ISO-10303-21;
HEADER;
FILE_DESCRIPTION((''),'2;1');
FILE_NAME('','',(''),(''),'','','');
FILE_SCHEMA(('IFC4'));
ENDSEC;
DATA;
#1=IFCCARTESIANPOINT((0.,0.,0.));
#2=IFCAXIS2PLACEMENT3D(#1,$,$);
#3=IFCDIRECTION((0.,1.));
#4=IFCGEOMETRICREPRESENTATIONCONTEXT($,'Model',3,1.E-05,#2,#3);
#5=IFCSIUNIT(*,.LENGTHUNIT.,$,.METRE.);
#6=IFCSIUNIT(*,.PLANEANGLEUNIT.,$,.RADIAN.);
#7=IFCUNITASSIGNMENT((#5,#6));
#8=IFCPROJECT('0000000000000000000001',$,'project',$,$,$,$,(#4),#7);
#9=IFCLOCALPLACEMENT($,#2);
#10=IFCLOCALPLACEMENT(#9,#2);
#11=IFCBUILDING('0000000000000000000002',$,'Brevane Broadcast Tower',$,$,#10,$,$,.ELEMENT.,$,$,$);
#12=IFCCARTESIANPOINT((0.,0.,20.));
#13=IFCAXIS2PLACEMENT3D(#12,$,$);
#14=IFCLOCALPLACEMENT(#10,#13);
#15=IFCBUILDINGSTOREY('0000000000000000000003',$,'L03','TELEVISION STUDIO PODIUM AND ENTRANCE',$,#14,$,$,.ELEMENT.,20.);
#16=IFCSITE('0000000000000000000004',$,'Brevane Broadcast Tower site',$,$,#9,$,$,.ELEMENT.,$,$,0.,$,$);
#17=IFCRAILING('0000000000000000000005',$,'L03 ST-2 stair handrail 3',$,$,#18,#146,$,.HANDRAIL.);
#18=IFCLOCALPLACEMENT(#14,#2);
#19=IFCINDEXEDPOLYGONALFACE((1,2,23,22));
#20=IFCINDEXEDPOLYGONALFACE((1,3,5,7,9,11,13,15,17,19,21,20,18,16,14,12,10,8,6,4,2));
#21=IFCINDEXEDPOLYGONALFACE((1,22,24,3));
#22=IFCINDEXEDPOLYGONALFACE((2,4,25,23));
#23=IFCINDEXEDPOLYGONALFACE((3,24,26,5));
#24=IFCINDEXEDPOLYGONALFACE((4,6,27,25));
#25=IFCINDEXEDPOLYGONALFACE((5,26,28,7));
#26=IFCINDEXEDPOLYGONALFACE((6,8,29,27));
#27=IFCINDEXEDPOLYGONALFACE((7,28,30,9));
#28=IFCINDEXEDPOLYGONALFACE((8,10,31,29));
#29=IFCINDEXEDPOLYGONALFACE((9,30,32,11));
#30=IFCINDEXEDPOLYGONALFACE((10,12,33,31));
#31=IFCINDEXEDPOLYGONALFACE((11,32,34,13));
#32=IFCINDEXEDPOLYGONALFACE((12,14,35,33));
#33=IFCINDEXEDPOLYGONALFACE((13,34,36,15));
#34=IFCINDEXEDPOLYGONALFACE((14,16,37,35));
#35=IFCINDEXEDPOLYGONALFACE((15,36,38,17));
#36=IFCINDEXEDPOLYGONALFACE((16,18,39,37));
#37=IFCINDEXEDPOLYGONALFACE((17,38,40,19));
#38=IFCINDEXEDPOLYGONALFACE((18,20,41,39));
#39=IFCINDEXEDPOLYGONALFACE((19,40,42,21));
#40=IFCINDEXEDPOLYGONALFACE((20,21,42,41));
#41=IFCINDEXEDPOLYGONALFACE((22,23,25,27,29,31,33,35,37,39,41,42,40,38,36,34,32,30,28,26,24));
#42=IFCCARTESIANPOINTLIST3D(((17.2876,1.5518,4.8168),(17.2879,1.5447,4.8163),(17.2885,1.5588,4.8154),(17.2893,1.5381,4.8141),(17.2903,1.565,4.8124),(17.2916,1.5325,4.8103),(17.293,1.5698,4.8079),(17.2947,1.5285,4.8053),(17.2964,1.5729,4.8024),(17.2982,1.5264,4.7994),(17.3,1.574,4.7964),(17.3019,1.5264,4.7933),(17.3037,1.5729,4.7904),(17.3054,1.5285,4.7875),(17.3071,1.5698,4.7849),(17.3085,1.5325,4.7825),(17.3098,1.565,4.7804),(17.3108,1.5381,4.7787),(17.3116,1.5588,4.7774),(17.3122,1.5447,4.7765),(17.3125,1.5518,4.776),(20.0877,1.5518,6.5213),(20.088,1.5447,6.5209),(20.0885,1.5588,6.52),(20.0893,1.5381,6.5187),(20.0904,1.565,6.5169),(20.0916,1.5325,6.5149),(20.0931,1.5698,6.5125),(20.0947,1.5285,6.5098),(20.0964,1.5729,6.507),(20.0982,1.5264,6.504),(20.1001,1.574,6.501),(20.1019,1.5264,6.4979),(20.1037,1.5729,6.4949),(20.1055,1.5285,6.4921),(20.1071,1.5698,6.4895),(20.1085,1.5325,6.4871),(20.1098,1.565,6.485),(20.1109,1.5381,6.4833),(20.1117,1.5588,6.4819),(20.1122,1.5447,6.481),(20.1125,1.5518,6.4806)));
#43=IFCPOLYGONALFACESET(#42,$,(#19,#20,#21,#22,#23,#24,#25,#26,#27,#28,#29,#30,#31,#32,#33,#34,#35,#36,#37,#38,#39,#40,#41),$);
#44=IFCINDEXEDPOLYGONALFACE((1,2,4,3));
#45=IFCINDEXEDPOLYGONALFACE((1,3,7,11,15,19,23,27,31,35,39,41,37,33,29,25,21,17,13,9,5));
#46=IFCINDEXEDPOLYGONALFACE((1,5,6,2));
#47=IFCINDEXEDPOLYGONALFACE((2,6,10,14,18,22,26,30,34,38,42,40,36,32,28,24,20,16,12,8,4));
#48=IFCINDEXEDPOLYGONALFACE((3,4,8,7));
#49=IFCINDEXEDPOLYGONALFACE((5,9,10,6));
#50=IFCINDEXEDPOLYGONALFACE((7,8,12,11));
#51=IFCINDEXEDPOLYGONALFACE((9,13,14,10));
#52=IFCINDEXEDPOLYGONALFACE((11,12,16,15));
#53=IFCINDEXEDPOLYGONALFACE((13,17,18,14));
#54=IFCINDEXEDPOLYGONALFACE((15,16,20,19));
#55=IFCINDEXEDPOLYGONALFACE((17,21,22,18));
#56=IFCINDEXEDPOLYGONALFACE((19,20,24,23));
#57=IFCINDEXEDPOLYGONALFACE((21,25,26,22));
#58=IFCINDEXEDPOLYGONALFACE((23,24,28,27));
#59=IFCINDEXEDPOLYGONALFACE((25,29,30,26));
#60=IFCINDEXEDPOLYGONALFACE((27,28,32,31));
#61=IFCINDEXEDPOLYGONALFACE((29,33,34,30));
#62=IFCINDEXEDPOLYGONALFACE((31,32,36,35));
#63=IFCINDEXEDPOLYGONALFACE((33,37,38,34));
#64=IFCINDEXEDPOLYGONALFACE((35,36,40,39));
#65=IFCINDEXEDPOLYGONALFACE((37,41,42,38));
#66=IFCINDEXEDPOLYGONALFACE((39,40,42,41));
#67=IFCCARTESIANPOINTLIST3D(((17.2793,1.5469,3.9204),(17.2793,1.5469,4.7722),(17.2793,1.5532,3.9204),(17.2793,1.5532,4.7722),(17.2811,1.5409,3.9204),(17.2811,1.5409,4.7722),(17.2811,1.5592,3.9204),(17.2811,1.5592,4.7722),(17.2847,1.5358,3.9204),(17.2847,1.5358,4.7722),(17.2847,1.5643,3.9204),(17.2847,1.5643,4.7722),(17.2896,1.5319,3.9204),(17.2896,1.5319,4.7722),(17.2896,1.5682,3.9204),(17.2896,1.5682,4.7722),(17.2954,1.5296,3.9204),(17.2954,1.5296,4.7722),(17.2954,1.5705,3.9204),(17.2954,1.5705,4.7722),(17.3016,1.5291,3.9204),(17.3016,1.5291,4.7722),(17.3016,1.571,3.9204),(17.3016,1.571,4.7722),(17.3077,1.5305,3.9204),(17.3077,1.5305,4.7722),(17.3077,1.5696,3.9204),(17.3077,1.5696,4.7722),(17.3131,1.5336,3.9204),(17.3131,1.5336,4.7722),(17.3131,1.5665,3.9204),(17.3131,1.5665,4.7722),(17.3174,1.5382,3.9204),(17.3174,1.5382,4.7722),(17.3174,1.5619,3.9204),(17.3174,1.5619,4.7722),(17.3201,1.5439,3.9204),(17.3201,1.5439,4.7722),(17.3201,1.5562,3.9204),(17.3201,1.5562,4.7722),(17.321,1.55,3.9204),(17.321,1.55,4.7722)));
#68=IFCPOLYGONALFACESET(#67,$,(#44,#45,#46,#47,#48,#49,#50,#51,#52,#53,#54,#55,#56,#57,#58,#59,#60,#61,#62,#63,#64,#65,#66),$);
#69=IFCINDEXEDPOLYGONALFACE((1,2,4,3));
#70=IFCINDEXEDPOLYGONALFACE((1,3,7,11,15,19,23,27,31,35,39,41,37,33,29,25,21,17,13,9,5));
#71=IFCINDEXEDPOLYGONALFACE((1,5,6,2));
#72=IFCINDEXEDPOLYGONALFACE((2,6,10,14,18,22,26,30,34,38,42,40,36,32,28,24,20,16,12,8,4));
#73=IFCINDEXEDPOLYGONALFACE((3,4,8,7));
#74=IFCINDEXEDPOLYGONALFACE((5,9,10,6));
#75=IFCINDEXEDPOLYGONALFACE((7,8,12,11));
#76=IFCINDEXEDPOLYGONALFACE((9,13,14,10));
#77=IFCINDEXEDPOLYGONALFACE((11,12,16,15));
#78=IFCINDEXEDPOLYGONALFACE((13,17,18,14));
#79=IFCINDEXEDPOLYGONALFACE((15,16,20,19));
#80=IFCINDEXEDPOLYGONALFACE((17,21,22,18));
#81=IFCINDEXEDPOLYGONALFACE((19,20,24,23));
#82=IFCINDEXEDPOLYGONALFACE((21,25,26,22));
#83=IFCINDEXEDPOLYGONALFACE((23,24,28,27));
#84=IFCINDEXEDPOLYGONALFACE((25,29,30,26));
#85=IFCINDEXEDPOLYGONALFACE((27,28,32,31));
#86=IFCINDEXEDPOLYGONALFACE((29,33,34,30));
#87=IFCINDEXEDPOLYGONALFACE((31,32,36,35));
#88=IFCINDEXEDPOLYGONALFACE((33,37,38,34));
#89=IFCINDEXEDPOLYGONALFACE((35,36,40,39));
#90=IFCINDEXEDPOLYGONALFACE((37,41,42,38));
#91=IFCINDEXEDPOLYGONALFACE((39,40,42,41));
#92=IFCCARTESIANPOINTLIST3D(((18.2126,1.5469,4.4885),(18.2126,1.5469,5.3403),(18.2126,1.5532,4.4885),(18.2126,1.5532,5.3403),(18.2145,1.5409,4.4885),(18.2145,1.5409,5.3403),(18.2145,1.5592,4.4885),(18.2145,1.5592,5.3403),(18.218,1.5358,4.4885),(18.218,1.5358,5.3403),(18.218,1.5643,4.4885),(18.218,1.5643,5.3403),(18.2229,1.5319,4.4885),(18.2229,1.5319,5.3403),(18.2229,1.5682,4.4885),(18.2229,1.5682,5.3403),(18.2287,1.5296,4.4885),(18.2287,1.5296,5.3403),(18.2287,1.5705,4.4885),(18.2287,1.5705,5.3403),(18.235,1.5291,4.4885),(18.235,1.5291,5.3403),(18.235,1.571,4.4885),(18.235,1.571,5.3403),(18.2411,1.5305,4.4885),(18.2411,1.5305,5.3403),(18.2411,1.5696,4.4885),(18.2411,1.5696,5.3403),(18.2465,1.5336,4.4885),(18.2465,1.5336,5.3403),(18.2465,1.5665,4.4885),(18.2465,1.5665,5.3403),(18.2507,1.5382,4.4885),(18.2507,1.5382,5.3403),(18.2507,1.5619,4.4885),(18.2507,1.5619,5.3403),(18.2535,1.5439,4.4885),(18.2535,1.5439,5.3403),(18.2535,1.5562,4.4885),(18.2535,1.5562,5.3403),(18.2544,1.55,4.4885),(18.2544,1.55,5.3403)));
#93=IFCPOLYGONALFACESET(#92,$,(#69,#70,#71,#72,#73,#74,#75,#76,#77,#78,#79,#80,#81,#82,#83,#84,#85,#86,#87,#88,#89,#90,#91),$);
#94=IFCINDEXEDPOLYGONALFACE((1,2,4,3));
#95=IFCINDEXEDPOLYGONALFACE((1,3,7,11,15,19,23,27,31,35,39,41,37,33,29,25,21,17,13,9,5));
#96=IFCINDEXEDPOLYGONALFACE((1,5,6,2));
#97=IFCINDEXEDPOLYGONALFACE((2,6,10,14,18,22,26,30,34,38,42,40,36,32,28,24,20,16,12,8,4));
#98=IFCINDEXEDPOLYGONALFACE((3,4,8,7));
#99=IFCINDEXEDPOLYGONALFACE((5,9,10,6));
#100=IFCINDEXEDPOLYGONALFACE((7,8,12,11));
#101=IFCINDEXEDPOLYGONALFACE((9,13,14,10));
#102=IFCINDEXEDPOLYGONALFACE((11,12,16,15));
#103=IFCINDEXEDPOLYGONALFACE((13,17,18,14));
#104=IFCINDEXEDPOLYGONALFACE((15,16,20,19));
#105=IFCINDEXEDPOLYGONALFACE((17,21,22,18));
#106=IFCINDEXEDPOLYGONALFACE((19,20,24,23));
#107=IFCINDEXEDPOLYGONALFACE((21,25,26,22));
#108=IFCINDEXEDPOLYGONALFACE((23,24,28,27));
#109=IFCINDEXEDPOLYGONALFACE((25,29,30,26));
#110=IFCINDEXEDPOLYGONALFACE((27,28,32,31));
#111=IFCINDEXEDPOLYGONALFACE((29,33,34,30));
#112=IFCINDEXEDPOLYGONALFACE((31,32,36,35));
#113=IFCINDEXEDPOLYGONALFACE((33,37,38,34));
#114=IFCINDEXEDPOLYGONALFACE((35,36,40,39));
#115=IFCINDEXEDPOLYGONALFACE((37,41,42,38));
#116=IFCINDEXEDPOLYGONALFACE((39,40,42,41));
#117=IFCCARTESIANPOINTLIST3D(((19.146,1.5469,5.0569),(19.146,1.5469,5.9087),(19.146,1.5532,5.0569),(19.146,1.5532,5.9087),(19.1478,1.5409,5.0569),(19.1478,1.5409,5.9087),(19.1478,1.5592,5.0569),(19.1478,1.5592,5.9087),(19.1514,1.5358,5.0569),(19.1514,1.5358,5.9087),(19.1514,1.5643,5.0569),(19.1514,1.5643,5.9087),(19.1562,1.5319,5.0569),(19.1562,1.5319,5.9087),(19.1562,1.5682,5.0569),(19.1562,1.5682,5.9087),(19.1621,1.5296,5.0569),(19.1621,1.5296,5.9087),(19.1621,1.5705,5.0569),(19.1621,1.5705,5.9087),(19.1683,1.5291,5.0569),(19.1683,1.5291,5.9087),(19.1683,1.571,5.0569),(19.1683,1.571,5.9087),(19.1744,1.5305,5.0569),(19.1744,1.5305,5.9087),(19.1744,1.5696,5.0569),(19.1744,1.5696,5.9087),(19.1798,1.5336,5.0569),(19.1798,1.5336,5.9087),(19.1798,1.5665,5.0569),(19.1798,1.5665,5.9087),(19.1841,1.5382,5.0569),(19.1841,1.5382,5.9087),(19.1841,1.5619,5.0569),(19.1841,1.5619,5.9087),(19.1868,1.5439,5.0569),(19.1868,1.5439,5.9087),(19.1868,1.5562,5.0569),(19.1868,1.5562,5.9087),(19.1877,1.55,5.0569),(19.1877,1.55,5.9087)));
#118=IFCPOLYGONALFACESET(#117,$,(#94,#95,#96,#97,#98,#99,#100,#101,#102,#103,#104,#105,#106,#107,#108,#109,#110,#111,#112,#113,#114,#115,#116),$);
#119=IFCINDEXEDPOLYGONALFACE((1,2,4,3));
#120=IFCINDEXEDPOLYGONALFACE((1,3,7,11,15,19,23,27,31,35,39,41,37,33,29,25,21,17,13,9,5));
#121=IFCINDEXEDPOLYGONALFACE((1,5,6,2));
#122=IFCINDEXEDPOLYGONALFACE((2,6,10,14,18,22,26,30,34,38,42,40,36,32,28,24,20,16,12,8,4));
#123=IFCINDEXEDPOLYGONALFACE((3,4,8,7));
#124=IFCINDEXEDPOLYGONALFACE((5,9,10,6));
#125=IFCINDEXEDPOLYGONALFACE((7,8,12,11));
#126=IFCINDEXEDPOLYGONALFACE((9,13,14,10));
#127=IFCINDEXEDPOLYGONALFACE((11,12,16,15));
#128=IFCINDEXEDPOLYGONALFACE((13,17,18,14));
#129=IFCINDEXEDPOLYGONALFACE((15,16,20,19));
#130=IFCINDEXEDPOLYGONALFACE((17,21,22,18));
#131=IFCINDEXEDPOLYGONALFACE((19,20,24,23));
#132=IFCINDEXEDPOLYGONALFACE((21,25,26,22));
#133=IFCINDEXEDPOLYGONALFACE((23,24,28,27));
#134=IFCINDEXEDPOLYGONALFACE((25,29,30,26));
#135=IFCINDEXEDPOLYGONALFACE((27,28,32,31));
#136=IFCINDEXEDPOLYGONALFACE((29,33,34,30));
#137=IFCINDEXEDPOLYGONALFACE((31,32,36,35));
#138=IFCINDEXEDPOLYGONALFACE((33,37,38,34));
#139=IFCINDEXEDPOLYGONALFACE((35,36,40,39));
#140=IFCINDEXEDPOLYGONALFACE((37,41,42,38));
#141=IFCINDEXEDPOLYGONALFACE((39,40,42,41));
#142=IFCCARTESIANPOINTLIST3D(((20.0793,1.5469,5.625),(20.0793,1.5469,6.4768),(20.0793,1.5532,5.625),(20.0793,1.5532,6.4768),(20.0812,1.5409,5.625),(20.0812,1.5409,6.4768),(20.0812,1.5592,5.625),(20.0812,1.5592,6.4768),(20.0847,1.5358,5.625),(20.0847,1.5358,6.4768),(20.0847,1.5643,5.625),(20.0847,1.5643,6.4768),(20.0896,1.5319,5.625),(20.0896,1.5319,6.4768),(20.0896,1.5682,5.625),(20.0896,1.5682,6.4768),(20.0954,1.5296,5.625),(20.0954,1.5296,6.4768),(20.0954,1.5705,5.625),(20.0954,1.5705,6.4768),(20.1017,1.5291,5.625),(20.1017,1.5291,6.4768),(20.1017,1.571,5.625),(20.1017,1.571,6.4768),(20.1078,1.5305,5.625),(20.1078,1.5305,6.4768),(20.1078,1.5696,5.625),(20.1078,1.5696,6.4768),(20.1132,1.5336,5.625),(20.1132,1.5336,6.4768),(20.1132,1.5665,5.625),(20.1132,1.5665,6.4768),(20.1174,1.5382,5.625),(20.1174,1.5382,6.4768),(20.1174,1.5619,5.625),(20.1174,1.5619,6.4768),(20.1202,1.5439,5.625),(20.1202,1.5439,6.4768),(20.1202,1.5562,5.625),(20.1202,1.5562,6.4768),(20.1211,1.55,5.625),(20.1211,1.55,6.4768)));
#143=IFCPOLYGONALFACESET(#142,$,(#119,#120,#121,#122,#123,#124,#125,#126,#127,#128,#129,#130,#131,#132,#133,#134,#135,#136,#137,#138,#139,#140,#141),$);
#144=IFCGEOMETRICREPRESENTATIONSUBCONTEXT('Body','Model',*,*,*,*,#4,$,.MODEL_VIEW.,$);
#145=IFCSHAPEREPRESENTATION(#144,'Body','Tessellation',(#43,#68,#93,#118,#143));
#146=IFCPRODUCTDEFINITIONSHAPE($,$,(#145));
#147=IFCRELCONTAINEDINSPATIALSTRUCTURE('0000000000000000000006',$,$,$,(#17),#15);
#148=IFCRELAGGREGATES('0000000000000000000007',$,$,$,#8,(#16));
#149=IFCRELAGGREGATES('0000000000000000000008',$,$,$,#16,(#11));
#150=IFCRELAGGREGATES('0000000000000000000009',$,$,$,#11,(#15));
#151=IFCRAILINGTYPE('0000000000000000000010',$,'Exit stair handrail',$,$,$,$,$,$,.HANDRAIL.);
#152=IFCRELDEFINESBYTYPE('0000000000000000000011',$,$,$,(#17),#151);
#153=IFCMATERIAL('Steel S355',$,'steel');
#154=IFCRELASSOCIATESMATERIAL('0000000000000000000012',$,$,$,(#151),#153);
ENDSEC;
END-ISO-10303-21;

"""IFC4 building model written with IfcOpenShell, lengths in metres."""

from ifc_helpers import new_model, si_unit, direction, frame, origin, origin_2d, place, context, subcontext, project, spatial, circle, extrude, material, type_object, element, save


model = new_model("IFC4")

# Units and contexts
model_context = context("Model", 3, precision=1e-05, world=origin(), true_north=direction((0.0, 1.0)))
body_context = subcontext(model_context, "Body", "Model", "MODEL_VIEW")
ifc_project = project(units=[si_unit("LENGTHUNIT", "METRE"), si_unit("PLANEANGLEUNIT", "RADIAN")], contexts=[model_context])

# Site, building, storey
site_placement = place(None, origin())
site = spatial("IfcSite", under=ifc_project, at=site_placement, Name="Brevane Broadcast Tower site", CompositionType="ELEMENT", RefElevation=0.0)
building_placement = place(site_placement, origin())
building = spatial("IfcBuilding", under=site, at=building_placement, Name="Brevane Broadcast Tower", CompositionType="ELEMENT")
storey_placement = place(building_placement, frame((0.0, 0.0, 20.0)))
storey = spatial("IfcBuildingStorey", under=building, at=storey_placement, Name="L03", Description="TELEVISION STUDIO PODIUM AND ENTRANCE", CompositionType="ELEMENT", Elevation=20.0)

# Railing
ifc_material_1 = material(Name="Steel S355", Category="steel")
railing_type_1 = type_object("IfcRailingType", Name="Exit stair handrail", PredefinedType="HANDRAIL", material=ifc_material_1)
for number, where, name in (
    (1, (17.3, 1.55, 3.9204), "L03 ST-2 stair handrail 3"),
):
    element("IfcRailing", number, at=place(storey_placement, frame(where)), inside=storey, type_object=railing_type_1, Name=name, PredefinedType="HANDRAIL", context=body_context, shape_type="SweptSolid", body=[
        extrude(circle(Radius=0.0239, at=origin_2d()), frame((0.0, 0.0, 0.876), z_axis=(0.85417, 0.0, 0.519994), x_axis=(0.0, 1.0, 0.0)), (0.0, 0.0, 1.0), 3.2781),
        extrude(circle(Radius=0.021, at=origin_2d()), origin(), (0.0, 0.0, 1.0), 0.8518),
        extrude(circle(Radius=0.021, at=origin_2d()), frame((0.9333, 0.0, 0.5681)), (0.0, 0.0, 1.0), 0.8518),
        extrude(circle(Radius=0.021, at=origin_2d()), frame((1.8667, 0.0, 1.1365)), (0.0, 0.0, 1.0), 0.8518),
        extrude(circle(Radius=0.021, at=origin_2d()), frame((2.8, 0.0, 1.7046)), (0.0, 0.0, 1.0), 0.8518),
    ])

save(model, "model.ifc")
